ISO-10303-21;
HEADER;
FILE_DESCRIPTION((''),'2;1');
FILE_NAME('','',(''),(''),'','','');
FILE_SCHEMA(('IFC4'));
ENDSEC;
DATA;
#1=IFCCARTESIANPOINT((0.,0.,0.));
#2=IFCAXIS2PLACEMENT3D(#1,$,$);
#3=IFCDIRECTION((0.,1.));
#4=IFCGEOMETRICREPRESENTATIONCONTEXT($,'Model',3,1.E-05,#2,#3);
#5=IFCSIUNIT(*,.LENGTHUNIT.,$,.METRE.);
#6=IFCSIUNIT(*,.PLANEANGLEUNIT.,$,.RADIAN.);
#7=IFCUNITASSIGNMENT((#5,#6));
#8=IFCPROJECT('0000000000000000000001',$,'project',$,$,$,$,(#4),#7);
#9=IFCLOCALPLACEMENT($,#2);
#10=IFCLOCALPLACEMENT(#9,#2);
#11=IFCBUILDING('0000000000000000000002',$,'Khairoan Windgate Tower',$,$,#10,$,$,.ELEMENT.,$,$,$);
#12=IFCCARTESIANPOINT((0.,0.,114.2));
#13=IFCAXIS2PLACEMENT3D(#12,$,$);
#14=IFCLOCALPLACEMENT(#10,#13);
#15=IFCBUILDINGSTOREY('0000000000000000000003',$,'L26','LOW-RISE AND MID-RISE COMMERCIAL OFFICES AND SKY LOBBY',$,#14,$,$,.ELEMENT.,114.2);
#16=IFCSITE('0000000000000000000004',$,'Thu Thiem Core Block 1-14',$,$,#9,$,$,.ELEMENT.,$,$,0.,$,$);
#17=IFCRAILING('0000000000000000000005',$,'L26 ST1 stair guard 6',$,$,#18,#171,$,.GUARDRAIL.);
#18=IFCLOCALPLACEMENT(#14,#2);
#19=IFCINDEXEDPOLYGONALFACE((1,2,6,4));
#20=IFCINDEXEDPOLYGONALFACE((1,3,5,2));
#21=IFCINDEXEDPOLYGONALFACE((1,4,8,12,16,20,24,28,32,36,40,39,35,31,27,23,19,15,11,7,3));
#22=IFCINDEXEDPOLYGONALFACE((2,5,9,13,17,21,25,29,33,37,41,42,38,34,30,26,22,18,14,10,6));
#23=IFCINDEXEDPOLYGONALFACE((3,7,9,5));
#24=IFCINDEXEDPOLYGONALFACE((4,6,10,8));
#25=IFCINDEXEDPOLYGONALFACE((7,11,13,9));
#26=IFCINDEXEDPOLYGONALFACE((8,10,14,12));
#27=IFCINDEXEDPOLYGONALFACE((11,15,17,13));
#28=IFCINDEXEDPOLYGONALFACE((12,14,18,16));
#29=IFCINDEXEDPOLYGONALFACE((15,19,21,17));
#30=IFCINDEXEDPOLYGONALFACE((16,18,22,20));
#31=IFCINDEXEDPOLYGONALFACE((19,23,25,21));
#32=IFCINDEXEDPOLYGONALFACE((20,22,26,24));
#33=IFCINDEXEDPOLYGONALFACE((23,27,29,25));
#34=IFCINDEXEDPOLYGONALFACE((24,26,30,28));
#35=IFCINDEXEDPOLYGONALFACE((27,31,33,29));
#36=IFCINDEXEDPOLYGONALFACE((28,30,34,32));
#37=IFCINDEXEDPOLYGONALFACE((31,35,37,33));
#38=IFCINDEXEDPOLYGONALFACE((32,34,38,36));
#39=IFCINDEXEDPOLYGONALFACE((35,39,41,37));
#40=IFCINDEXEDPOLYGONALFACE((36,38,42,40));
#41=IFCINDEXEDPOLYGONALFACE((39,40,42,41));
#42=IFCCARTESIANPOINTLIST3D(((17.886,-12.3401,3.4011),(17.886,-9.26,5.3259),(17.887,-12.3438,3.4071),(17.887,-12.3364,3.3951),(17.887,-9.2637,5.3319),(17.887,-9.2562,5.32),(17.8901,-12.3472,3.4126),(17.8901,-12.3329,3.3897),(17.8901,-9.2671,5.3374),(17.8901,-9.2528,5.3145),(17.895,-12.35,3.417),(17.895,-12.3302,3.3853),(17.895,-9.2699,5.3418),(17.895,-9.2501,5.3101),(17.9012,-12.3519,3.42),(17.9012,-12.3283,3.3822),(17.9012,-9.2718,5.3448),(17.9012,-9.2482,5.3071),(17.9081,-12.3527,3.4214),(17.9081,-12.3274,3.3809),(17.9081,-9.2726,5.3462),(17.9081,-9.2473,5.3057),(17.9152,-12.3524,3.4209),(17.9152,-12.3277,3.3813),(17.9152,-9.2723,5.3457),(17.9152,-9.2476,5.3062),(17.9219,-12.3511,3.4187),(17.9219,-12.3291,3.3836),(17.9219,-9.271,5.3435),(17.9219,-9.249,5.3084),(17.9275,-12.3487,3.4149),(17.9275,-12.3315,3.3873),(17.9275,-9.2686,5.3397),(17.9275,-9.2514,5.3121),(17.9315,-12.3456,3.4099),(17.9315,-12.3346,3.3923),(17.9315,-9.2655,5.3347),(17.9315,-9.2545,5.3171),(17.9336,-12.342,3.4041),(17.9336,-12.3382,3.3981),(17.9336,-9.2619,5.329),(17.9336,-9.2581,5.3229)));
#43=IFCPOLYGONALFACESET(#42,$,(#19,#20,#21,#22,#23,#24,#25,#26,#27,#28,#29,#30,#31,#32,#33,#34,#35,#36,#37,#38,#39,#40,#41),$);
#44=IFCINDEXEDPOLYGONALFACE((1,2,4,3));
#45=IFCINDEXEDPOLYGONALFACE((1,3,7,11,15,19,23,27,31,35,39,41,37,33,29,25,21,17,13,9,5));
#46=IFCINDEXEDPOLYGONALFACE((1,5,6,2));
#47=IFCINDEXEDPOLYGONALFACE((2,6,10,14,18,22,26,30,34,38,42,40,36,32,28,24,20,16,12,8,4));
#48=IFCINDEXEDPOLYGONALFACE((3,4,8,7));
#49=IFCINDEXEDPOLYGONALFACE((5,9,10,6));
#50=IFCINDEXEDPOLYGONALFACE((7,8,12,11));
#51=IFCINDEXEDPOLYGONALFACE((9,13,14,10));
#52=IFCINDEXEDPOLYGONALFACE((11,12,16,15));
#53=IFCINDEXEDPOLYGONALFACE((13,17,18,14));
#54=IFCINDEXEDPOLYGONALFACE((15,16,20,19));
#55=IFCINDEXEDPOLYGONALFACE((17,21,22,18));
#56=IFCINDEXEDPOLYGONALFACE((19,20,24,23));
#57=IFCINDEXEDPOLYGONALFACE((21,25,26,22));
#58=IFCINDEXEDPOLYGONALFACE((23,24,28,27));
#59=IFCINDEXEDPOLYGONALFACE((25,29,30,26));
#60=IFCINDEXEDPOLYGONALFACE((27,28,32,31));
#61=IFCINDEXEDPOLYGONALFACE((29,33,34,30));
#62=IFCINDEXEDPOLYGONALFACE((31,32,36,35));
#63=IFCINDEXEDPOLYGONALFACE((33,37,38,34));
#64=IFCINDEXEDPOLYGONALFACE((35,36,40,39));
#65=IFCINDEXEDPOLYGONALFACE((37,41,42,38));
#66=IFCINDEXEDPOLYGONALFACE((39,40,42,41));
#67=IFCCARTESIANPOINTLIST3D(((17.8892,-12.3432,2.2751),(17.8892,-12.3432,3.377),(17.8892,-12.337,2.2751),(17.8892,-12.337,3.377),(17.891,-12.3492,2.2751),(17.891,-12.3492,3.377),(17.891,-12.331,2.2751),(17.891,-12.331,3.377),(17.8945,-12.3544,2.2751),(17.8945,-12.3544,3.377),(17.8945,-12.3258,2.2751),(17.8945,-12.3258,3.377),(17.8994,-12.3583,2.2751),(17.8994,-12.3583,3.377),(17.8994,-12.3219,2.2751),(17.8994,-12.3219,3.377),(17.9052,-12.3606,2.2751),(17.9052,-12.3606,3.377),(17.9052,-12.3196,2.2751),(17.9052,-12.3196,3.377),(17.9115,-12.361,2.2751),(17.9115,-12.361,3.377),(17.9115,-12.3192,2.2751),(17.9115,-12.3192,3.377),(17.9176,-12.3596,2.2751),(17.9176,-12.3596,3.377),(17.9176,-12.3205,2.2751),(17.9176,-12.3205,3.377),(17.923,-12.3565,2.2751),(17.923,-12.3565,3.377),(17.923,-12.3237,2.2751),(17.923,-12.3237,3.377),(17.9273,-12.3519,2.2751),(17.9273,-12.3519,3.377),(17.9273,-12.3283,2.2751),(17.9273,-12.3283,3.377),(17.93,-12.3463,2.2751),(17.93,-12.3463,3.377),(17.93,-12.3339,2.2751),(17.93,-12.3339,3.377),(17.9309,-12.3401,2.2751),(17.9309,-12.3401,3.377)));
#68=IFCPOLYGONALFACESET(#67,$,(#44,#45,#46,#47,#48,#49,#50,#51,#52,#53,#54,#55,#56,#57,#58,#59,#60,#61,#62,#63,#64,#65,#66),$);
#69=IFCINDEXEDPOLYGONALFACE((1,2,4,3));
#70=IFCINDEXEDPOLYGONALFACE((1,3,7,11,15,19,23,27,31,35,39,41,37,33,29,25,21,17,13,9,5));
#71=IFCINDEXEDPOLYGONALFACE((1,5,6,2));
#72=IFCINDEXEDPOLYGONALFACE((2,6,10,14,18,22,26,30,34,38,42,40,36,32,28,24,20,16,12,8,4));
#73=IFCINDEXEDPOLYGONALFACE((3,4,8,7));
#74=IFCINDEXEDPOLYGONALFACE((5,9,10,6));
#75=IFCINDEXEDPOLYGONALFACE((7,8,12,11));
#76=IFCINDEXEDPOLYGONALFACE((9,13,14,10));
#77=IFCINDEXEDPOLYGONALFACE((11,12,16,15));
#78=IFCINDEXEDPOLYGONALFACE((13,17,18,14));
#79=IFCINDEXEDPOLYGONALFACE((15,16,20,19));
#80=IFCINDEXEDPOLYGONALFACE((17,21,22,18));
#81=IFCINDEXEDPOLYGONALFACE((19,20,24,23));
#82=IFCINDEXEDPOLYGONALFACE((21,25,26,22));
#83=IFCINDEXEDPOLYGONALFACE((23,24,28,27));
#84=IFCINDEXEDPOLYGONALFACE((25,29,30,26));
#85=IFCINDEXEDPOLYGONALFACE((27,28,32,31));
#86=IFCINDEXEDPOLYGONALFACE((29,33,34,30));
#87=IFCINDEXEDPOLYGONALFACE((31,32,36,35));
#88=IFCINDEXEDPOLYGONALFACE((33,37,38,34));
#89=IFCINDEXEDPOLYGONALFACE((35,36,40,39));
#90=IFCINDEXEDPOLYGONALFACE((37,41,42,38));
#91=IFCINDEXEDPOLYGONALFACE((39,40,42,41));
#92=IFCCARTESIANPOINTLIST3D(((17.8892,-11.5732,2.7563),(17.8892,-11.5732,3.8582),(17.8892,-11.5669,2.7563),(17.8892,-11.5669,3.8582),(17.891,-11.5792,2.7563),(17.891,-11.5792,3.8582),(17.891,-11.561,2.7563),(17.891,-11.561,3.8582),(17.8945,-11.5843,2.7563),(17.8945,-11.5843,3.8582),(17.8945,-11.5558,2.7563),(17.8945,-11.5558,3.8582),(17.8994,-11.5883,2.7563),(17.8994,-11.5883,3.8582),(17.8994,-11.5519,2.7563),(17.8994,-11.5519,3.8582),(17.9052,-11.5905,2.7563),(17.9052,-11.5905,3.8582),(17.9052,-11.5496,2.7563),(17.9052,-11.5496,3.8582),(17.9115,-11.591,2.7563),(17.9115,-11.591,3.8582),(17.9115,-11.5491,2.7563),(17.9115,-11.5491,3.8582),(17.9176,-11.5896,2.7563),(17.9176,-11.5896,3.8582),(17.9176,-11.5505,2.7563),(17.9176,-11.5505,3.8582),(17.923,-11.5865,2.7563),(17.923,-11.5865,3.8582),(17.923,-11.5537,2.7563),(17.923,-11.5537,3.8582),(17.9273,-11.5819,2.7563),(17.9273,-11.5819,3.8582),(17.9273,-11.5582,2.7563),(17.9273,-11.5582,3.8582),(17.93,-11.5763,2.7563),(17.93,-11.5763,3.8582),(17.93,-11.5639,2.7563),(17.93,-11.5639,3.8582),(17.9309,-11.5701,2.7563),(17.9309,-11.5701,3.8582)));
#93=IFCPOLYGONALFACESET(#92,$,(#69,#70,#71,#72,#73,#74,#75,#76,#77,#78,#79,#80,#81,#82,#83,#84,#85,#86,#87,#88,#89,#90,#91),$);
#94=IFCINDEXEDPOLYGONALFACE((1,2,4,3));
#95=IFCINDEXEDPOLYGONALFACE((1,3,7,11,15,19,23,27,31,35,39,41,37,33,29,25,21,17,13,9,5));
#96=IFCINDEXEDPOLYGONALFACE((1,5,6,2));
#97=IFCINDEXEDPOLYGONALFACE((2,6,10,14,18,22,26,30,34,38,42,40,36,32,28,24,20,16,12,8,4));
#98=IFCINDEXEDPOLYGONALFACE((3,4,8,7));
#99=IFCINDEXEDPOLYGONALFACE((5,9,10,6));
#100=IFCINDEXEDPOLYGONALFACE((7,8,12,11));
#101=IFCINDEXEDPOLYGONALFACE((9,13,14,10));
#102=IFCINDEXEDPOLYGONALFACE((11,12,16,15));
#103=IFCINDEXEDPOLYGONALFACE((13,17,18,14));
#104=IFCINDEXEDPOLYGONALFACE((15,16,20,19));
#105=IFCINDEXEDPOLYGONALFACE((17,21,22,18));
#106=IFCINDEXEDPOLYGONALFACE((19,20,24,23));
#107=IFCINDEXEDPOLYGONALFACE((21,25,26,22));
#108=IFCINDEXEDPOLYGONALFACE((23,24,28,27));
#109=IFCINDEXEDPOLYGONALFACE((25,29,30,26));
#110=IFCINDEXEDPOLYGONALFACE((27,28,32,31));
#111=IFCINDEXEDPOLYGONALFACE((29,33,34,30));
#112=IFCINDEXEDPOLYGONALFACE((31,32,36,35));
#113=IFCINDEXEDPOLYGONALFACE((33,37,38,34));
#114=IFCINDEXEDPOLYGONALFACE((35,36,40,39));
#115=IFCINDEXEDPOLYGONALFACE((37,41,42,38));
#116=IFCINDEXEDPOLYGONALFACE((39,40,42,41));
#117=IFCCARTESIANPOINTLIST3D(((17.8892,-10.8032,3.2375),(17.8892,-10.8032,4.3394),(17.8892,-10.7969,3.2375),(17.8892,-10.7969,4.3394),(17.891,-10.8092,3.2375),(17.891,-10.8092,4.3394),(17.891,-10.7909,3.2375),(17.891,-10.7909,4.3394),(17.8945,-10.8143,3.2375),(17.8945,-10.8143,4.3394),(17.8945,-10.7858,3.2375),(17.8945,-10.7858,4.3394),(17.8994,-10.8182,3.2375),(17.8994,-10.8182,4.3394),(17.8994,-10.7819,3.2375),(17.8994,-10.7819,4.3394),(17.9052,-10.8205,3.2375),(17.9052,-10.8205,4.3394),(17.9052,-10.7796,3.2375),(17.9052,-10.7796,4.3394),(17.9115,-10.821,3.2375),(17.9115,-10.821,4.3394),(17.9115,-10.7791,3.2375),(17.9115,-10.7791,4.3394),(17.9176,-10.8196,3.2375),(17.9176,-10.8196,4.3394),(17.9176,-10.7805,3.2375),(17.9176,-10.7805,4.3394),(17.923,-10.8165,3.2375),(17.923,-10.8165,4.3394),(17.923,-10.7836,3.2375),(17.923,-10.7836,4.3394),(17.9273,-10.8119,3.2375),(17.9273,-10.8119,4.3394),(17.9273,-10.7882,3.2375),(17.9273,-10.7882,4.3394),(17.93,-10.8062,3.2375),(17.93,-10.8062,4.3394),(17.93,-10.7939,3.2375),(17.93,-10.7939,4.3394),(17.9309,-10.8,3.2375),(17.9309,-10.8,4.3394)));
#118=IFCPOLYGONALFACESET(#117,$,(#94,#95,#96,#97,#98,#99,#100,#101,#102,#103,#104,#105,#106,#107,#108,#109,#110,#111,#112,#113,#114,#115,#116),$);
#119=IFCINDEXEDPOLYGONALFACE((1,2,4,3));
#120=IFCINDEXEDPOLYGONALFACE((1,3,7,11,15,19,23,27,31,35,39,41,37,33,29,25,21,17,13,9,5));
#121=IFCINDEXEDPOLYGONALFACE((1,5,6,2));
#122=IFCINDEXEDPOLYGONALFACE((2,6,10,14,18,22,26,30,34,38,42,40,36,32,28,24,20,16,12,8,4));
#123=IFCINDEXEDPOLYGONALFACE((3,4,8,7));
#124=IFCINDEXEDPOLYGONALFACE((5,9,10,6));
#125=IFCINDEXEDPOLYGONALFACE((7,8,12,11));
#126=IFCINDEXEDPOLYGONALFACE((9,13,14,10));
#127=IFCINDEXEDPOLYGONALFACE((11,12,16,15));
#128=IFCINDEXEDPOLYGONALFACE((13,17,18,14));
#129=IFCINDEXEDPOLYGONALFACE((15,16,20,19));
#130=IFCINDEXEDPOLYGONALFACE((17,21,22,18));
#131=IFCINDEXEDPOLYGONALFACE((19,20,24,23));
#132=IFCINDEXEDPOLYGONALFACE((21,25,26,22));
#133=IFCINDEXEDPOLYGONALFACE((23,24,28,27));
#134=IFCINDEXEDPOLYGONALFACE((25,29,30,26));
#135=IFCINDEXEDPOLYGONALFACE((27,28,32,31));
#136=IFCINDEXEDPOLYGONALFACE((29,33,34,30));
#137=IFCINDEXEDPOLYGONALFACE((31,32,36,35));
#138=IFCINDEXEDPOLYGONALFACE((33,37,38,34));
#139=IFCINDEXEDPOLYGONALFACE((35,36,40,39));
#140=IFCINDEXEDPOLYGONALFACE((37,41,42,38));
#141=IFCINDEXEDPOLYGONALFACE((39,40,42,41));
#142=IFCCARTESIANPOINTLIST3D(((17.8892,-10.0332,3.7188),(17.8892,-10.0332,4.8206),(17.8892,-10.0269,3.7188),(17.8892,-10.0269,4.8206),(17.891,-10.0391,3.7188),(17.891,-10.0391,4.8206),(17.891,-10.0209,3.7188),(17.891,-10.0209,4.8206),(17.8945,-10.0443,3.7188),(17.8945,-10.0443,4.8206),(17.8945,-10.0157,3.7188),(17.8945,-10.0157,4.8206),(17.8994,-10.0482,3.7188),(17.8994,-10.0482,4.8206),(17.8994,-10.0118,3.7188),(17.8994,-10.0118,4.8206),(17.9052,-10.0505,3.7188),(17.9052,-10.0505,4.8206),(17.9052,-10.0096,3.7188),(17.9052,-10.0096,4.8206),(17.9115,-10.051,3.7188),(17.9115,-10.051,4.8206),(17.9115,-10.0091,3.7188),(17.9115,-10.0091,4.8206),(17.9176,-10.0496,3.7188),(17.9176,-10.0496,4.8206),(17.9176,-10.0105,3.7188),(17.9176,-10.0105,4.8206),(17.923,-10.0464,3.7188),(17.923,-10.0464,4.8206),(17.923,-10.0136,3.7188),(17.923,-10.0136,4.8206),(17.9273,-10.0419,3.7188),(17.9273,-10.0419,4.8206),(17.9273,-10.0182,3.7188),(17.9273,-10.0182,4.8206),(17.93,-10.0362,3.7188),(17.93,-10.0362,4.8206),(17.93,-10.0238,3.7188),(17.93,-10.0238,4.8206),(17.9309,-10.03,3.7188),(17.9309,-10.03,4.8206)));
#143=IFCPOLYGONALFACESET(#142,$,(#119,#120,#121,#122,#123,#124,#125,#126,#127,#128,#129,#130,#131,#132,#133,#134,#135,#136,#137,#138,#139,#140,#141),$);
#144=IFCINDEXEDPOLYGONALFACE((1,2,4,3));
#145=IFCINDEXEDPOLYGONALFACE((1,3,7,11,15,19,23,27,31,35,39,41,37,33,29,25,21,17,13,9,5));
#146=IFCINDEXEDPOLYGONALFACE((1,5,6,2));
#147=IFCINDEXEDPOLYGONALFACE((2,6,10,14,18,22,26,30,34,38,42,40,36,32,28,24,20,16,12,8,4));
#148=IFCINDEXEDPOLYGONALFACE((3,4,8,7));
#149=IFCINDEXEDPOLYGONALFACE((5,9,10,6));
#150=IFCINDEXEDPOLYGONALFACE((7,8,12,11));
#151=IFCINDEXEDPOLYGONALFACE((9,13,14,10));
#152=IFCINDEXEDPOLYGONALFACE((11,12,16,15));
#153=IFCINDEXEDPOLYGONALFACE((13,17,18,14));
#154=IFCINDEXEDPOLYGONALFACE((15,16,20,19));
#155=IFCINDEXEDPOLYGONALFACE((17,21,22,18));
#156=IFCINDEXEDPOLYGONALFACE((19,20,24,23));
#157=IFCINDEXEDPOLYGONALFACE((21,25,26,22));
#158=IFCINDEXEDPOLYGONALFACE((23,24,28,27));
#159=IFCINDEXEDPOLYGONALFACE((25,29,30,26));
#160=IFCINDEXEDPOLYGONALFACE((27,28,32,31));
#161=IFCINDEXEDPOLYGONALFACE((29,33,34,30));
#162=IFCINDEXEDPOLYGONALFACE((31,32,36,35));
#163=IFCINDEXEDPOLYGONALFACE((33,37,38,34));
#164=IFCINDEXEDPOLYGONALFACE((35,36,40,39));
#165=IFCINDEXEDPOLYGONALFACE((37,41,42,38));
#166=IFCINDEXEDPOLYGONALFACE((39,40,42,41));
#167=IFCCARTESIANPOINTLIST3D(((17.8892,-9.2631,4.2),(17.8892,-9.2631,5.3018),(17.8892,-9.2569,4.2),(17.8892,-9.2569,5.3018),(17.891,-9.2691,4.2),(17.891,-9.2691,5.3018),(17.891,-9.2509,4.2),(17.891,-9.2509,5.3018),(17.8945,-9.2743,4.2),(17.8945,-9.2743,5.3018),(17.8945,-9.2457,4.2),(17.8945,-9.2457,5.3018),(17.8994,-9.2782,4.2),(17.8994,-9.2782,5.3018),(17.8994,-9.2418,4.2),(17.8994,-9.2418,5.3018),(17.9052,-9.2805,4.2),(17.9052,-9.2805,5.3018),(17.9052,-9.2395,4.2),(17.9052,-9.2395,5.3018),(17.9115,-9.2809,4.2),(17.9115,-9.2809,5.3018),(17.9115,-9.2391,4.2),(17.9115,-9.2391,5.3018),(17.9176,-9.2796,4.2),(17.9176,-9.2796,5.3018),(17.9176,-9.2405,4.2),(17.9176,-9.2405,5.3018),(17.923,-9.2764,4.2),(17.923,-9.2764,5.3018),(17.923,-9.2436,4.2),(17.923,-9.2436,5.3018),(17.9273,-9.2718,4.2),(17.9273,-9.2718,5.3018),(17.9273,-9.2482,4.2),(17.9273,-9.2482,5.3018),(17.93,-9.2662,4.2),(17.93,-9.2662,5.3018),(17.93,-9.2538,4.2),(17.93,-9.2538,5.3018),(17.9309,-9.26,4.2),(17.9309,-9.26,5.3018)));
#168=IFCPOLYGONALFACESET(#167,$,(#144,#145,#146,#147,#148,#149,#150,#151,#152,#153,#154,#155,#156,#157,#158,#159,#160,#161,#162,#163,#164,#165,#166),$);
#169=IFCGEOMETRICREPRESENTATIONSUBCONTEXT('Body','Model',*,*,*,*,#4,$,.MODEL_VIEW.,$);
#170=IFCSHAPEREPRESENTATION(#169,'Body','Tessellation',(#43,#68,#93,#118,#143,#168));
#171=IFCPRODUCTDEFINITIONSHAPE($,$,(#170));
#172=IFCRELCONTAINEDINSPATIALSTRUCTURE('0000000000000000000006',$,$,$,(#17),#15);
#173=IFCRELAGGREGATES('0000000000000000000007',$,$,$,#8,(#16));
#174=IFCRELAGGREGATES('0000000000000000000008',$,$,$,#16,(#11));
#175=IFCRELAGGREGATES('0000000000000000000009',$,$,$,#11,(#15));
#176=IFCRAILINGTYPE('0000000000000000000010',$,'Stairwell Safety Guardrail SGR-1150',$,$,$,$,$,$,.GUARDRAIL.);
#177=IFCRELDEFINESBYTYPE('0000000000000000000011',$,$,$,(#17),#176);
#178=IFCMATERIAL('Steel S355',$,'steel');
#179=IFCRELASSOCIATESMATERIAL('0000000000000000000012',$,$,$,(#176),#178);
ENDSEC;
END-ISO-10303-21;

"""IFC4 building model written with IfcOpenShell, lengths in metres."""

from ifc_helpers import new_model, si_unit, direction, frame, origin, origin_2d, place, context, subcontext, project, spatial, circle, extrude, material, type_object, element, save


model = new_model("IFC4")

# Units and contexts
model_context = context("Model", 3, precision=1e-05, world=origin(), true_north=direction((0.0, 1.0)))
body_context = subcontext(model_context, "Body", "Model", "MODEL_VIEW")
ifc_project = project(units=[si_unit("LENGTHUNIT", "METRE"), si_unit("PLANEANGLEUNIT", "RADIAN")], contexts=[model_context])

# Site, building, storey
site_placement = place(None, origin())
site = spatial("IfcSite", under=ifc_project, at=site_placement, Name="Thu Thiem Core Block 1-14", CompositionType="ELEMENT", RefElevation=0.0)
building_placement = place(site_placement, origin())
building = spatial("IfcBuilding", under=site, at=building_placement, Name="Khairoan Windgate Tower", CompositionType="ELEMENT")
storey_placement = place(building_placement, frame((0.0, 0.0, 114.2)))
storey = spatial("IfcBuildingStorey", under=building, at=storey_placement, Name="L26", Description="LOW-RISE AND MID-RISE COMMERCIAL OFFICES AND SKY LOBBY", CompositionType="ELEMENT", Elevation=114.2)

# Railing
ifc_material_1 = material(Name="Steel S355", Category="steel")
railing_type = type_object("IfcRailingType", Name="Stairwell Safety Guardrail SGR-1150", PredefinedType="GUARDRAIL", material=ifc_material_1)
railing_1_placement = place(storey_placement, frame((17.9099, -12.3401, 2.2751)))
element("IfcRailing", 1, at=railing_1_placement, inside=storey, type_object=railing_type, Name="L26 ST1 stair guard 6", PredefinedType="GUARDRAIL", context=body_context, shape_type="SweptSolid", body=[
    extrude(circle(Radius=0.0239, at=origin_2d()), frame((0.0, 0.0, 1.126), z_axis=(0.0, 0.848029, 0.529951), x_axis=(-1.0, 0.0, 0.0)), (0.0, 0.0, 1.0), 3.6321),
    extrude(circle(Radius=0.021, at=origin_2d()), origin(), (0.0, 0.0, 1.0), 1.1018),
    extrude(circle(Radius=0.021, at=origin_2d()), frame((0.0, 0.77, 0.4812)), (0.0, 0.0, 1.0), 1.1018),
    extrude(circle(Radius=0.021, at=origin_2d()), frame((0.0, 1.54, 0.9624)), (0.0, 0.0, 1.0), 1.1018),
    extrude(circle(Radius=0.021, at=origin_2d()), frame((0.0, 2.3101, 1.4436)), (0.0, 0.0, 1.0), 1.1018),
    extrude(circle(Radius=0.021, at=origin_2d()), frame((0.0, 3.0801, 1.9248)), (0.0, 0.0, 1.0), 1.1018),
])

save(model, "model.ifc")
